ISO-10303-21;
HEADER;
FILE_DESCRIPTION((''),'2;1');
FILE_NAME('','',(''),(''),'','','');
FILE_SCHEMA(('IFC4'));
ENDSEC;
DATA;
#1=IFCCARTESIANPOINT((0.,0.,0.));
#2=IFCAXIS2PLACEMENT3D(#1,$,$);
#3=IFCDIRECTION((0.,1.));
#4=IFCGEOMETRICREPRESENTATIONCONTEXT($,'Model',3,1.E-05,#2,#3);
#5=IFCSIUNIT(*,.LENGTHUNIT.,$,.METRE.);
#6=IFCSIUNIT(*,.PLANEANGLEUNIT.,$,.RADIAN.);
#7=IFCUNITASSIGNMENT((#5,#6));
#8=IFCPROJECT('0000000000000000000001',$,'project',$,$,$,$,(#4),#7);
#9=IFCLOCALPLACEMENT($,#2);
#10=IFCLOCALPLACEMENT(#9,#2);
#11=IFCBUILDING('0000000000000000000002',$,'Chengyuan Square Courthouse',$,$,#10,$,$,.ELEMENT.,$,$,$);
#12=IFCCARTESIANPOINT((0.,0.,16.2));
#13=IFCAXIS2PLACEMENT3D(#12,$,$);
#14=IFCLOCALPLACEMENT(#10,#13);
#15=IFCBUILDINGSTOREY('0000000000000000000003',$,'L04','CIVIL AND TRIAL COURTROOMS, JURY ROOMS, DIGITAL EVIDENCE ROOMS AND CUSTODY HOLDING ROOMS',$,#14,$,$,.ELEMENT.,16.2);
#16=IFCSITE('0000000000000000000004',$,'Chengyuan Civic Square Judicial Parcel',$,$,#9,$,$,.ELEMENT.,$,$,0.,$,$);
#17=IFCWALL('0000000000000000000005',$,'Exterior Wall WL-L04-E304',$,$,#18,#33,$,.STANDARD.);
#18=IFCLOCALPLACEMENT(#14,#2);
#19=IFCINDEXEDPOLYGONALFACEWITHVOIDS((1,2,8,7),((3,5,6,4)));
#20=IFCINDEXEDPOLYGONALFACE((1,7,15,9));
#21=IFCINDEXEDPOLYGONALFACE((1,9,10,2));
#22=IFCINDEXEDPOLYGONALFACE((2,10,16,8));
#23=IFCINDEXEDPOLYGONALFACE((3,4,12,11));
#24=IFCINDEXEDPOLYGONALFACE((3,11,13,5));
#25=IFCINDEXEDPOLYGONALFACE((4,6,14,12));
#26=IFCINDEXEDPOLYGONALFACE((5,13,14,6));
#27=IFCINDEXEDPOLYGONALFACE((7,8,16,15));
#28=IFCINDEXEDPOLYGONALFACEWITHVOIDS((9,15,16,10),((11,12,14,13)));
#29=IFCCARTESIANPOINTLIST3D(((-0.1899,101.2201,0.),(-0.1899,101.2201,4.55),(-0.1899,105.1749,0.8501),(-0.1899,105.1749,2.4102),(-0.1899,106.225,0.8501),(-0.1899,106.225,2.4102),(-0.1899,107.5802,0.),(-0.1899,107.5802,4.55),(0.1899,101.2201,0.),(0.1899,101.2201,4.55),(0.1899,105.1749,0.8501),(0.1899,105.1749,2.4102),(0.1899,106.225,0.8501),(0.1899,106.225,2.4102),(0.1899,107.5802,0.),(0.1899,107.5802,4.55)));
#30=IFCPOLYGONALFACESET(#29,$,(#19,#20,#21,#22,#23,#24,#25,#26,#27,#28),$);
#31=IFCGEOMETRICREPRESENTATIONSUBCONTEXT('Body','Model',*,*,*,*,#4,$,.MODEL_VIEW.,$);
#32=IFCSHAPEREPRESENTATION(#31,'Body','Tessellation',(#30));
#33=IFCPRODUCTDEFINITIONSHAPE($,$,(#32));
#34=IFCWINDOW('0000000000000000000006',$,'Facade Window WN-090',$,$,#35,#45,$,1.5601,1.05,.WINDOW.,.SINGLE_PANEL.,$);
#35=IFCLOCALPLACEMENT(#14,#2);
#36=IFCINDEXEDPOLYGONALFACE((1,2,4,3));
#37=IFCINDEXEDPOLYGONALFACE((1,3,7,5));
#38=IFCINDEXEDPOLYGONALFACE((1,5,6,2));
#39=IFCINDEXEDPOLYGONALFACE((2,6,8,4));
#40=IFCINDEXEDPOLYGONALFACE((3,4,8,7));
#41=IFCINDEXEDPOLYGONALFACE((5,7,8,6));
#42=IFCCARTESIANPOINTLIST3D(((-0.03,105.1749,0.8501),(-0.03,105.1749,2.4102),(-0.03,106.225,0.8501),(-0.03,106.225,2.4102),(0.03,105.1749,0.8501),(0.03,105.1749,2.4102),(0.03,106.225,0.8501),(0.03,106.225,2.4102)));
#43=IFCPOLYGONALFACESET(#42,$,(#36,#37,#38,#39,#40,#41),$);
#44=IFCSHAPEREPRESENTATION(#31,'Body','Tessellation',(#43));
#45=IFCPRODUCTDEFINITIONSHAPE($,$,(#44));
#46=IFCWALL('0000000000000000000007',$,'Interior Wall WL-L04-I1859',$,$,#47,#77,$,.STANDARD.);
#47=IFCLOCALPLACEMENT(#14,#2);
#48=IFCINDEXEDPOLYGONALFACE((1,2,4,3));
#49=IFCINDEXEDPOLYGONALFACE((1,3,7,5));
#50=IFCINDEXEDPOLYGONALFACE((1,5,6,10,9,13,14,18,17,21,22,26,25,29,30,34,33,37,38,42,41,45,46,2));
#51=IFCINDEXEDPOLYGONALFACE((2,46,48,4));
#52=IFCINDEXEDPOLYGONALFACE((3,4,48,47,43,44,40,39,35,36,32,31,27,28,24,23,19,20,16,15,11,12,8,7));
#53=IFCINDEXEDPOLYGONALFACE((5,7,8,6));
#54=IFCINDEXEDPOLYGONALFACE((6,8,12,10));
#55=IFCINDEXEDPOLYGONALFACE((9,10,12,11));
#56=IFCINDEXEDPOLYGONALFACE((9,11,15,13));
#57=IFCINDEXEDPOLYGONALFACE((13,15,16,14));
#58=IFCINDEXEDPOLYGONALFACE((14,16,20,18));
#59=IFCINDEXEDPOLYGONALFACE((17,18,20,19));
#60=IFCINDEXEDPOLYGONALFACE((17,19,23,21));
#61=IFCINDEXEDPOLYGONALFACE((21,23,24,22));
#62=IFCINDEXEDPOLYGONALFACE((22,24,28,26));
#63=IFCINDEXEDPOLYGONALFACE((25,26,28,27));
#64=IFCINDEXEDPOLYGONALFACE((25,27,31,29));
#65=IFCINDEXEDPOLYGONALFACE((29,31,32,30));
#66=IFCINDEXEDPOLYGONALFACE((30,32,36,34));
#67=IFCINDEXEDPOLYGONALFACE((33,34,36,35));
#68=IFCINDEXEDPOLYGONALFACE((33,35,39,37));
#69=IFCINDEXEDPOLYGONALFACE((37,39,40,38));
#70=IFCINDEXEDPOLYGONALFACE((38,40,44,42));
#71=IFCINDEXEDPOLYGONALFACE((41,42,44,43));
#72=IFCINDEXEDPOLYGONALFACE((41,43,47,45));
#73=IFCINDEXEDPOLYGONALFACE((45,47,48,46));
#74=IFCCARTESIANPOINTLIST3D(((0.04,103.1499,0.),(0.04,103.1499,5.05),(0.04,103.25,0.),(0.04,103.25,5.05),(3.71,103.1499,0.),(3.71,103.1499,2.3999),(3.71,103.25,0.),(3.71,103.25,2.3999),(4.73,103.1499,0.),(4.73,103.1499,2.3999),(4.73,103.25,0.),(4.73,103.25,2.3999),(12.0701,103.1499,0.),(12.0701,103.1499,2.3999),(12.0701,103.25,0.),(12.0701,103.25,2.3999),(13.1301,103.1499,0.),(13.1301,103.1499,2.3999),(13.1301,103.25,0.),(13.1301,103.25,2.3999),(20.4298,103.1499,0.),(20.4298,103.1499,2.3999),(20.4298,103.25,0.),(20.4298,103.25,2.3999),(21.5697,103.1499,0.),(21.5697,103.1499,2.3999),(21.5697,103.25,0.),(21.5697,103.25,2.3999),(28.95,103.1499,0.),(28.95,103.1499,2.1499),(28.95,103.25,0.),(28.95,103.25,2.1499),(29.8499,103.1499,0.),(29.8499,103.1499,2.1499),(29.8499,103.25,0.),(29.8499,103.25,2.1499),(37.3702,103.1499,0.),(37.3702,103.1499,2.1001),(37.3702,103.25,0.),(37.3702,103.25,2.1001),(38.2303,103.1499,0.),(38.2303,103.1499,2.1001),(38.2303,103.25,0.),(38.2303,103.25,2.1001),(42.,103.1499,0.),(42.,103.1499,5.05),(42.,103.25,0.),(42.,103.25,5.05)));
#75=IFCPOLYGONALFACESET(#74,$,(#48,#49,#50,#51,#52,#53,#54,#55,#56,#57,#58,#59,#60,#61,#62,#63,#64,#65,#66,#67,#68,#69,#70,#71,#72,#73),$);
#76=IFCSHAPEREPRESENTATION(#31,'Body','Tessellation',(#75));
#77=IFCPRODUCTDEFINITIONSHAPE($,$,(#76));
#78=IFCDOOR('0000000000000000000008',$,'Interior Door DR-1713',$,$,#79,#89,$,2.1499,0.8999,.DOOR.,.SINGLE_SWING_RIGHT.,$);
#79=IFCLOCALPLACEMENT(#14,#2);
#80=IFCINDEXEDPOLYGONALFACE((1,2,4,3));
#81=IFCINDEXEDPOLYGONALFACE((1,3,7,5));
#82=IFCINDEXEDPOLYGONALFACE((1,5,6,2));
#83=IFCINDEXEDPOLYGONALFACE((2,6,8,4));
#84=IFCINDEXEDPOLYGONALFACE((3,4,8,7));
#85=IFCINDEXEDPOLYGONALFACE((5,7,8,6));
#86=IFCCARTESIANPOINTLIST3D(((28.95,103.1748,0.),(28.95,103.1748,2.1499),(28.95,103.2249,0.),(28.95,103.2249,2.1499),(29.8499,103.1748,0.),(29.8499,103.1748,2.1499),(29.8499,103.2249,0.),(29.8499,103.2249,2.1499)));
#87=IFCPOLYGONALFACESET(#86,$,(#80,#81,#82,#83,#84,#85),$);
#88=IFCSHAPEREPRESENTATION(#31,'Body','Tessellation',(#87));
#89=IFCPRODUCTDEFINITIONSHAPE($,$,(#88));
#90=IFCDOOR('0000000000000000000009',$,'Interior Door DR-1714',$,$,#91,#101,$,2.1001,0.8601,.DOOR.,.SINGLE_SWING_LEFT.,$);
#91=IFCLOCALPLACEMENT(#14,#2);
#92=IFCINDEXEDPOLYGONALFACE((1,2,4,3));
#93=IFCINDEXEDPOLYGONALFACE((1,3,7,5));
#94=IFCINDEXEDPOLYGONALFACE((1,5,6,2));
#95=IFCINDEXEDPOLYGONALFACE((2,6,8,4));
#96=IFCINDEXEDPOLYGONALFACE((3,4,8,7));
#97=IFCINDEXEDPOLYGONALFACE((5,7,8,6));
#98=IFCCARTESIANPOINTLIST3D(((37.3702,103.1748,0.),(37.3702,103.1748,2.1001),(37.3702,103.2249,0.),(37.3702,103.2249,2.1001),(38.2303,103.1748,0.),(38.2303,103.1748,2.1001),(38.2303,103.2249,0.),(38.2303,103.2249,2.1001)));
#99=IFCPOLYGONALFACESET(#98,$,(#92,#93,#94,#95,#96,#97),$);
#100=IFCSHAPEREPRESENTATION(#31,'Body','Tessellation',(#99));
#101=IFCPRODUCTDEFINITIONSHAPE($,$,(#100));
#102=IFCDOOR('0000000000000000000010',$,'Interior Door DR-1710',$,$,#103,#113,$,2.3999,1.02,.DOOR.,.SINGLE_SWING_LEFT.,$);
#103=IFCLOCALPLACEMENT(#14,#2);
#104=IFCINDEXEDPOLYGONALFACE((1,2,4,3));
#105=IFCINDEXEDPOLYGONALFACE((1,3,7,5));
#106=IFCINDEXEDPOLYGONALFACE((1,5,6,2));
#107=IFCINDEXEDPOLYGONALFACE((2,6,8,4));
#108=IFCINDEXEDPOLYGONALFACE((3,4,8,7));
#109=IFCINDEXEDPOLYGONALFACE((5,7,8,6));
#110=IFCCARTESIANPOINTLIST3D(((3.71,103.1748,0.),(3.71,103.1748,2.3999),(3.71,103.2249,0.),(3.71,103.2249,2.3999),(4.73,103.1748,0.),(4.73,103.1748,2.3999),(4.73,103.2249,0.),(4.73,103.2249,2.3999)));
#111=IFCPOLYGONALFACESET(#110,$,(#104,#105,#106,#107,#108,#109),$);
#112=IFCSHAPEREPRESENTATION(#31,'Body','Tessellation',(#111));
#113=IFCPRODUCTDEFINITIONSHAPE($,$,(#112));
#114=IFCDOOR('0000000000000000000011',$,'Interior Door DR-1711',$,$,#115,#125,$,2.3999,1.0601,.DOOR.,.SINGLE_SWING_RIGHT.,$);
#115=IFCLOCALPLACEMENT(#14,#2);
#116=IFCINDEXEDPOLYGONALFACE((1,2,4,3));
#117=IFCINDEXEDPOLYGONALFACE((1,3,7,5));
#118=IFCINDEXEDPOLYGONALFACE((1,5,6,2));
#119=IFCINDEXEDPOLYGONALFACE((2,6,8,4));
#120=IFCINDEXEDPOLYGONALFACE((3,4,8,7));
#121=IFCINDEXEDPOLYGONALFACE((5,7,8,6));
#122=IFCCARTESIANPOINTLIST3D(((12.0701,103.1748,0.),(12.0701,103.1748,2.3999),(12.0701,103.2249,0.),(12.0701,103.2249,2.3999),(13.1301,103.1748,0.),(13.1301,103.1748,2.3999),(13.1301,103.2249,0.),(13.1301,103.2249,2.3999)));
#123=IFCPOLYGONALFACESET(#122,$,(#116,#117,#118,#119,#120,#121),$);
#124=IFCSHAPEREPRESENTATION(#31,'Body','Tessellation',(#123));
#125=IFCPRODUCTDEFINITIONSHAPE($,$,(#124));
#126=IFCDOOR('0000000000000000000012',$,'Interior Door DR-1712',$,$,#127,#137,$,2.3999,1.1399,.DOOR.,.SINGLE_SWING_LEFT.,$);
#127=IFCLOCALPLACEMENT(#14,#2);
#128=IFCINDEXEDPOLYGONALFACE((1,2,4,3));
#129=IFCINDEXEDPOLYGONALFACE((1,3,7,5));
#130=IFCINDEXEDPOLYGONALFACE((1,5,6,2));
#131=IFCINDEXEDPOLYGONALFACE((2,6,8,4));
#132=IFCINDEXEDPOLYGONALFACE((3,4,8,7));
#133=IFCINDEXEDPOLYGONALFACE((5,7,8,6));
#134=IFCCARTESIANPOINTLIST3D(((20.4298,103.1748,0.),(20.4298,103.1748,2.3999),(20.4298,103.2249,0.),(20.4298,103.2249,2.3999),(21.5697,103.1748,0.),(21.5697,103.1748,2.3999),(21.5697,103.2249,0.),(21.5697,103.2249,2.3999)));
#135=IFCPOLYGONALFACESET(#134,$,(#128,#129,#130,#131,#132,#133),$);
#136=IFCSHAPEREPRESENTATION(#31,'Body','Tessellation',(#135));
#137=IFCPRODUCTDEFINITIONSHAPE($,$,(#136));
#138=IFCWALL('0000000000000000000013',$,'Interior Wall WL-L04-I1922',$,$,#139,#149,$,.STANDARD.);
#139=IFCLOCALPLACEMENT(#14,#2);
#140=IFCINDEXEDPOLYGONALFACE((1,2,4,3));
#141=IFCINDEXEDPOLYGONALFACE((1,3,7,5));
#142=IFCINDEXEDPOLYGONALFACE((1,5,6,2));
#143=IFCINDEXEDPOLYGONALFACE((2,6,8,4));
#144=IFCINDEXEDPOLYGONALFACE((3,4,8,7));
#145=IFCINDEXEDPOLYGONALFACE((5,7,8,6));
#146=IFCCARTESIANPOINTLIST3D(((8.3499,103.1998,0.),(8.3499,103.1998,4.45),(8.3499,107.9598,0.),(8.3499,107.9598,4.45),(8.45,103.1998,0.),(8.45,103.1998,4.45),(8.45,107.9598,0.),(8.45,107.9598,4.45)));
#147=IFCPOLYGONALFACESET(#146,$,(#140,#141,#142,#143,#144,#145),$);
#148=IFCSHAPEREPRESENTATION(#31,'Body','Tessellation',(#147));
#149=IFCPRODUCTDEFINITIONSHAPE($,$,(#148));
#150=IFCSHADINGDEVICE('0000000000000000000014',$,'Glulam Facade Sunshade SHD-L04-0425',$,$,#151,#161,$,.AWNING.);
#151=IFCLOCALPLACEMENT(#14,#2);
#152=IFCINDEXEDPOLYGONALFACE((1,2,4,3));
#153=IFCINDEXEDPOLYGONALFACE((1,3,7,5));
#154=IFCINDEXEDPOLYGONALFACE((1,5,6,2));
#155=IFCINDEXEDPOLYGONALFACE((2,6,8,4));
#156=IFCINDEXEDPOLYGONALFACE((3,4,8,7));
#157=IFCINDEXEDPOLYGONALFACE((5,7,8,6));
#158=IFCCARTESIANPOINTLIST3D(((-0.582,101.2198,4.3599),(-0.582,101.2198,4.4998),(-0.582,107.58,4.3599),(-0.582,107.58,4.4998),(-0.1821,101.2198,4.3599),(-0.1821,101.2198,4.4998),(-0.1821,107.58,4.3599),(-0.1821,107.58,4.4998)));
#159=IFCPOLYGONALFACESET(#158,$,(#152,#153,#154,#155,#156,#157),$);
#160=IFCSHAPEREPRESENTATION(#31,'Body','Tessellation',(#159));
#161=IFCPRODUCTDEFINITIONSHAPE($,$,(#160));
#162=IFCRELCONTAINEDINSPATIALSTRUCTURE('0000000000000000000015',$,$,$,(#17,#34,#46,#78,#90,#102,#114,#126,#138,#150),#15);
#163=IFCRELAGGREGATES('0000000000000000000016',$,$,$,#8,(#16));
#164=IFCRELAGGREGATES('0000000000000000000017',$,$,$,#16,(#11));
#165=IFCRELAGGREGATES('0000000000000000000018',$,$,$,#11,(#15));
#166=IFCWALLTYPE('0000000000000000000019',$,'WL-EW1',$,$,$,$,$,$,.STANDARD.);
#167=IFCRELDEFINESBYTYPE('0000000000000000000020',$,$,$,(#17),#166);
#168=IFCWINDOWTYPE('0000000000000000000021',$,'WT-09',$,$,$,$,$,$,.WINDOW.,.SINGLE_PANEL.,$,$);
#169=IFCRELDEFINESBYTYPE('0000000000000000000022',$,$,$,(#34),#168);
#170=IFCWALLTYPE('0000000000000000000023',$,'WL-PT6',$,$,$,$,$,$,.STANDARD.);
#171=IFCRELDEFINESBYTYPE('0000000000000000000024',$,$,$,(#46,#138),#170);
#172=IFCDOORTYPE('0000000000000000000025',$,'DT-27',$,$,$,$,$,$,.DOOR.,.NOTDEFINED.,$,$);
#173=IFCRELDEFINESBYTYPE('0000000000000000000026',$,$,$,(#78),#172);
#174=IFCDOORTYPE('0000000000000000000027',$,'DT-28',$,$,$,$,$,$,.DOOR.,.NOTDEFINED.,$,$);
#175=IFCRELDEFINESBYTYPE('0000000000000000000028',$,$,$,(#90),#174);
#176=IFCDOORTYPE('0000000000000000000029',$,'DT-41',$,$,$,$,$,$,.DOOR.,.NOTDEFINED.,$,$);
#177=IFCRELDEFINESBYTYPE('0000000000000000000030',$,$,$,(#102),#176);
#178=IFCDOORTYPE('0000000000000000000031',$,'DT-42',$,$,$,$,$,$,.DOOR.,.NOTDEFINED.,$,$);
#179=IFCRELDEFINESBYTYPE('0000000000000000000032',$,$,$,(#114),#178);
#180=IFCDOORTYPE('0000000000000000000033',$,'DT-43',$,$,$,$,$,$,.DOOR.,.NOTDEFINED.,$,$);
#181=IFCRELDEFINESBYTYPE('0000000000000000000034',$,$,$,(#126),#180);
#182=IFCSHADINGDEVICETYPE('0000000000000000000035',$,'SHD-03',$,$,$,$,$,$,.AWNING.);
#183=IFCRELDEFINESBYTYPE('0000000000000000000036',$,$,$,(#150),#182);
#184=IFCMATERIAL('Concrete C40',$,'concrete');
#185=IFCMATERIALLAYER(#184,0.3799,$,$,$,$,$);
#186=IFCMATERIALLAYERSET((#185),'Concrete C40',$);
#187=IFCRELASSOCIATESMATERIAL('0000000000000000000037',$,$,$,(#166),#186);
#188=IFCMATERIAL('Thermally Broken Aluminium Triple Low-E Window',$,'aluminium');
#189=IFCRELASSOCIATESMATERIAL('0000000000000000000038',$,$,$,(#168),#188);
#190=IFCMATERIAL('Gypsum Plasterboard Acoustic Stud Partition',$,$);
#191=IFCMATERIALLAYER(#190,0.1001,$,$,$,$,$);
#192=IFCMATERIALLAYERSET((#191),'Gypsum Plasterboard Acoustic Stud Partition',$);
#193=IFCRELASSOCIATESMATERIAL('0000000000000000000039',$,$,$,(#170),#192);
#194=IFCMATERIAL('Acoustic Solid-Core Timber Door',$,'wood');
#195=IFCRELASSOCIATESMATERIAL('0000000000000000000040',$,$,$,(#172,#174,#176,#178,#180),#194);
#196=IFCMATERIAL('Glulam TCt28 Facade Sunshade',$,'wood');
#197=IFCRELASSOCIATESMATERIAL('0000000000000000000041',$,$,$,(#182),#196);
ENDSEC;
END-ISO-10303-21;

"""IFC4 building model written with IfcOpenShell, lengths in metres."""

from ifc_helpers import new_model, si_unit, direction, frame, frame_2d, origin, origin_2d, place, context, subcontext, project, spatial, rectangle, extrude, material, layer, layer_set, type_object, element, fill, save


model = new_model("IFC4")

# Units and contexts
model_context = context("Model", 3, precision=1e-05, world=origin(), true_north=direction((0.0, 1.0)))
body_context = subcontext(model_context, "Body", "Model", "MODEL_VIEW")
ifc_project = project(units=[si_unit("LENGTHUNIT", "METRE"), si_unit("PLANEANGLEUNIT", "RADIAN")], contexts=[model_context])

# Site, building, storey
site_placement = place(None, origin())
site = spatial("IfcSite", under=ifc_project, at=site_placement, Name="Chengyuan Civic Square Judicial Parcel", CompositionType="ELEMENT", RefElevation=0.0)
building_placement = place(site_placement, origin())
building = spatial("IfcBuilding", under=site, at=building_placement, Name="Chengyuan Square Courthouse", CompositionType="ELEMENT")
storey_placement = place(building_placement, frame((0.0, 0.0, 16.2)))
storey = spatial("IfcBuildingStorey", under=building, at=storey_placement, Name="L04", Description="CIVIL AND TRIAL COURTROOMS, JURY ROOMS, DIGITAL EVIDENCE ROOMS AND CUSTODY HOLDING ROOMS", CompositionType="ELEMENT", Elevation=16.2)

# Shared definitions
ifc_material_1 = material(Name="Concrete C40", Category="concrete")

# Wall, opening, window
ifc_layer_1 = layer(ifc_material_1, 0.3799)
ifc_layer_set_1 = layer_set([ifc_layer_1], Name="Concrete C40")
wall_type_1 = type_object("IfcWallType", Name="WL-EW1", PredefinedType="STANDARD", material=ifc_layer_set_1)
ifc_material_2 = material(Name="Thermally Broken Aluminium Triple Low-E Window", Category="aluminium")
window_type = type_object("IfcWindowType", Name="WT-09", PartitioningType="SINGLE_PANEL", PredefinedType="WINDOW", material=ifc_material_2)
wall_1_placement = place(storey_placement, frame((0.0, 101.22, 0.0), z_axis=(0.0, 0.0, 1.0), x_axis=(0.0, 1.0, 0.0)))
wall_1 = element("IfcWall", 1, at=wall_1_placement, inside=storey, type_object=wall_type_1, Name="Exterior Wall WL-L04-E304", PredefinedType="STANDARD", context=body_context, shape_type="SweptSolid", body=[
    extrude(rectangle(XDim=6.3601, YDim=0.3799, at=frame_2d((3.1802, 0.0))), origin(), (0.0, 0.0, 1.0), 4.55),
])
opening_1_placement = place(wall_1_placement, frame((3.9551, 0.0, 0.8501)))
opening_1 = element("IfcOpeningElement", 2, at=opening_1_placement, cuts=wall_1, PredefinedType="OPENING", context=body_context, shape_type="SweptSolid", body=[
    extrude(rectangle(XDim=1.05, YDim=1.5601, at=frame_2d((0.5249, 0.78))), frame((0.0, 0.2019, 0.0), z_axis=(0.0, -1.0, 0.0), x_axis=(1.0, 0.0, 0.0)), (0.0, 0.0, 1.0), 0.4038),
])
window_1_placement = place(opening_1_placement, origin())
window_1 = element("IfcWindow", 3, at=window_1_placement, inside=storey, type_object=window_type, Name="Facade Window WN-090", OverallHeight=1.5601, OverallWidth=1.05, PartitioningType="SINGLE_PANEL", PredefinedType="WINDOW", context=body_context, shape_type="SweptSolid", body=[
    extrude(rectangle(XDim=1.05, YDim=1.5601, at=frame_2d((0.5249, 0.78))), frame((0.0, 0.03, 0.0), z_axis=(0.0, -1.0, 0.0), x_axis=(1.0, 0.0, 0.0)), (0.0, 0.0, 1.0), 0.0601),
])
fill(opening_1, window_1)

# Wall, openings, doors
ifc_material_3 = material(Name="Gypsum Plasterboard Acoustic Stud Partition")
ifc_layer_2 = layer(ifc_material_3, 0.1001)
ifc_layer_set_2 = layer_set([ifc_layer_2], Name="Gypsum Plasterboard Acoustic Stud Partition")
wall_type_2 = type_object("IfcWallType", Name="WL-PT6", PredefinedType="STANDARD", material=ifc_layer_set_2)
wall_2_placement = place(storey_placement, frame((0.04, 103.2, 0.0), z_axis=(0.0, 0.0, 1.0), x_axis=(1.0, 0.0, 0.0)))
wall_2 = element("IfcWall", 4, at=wall_2_placement, inside=storey, type_object=wall_type_2, Name="Interior Wall WL-L04-I1859", PredefinedType="STANDARD", context=body_context, shape_type="SweptSolid", body=[
    extrude(rectangle(XDim=41.96, YDim=0.1001, at=frame_2d((20.98, 0.0))), origin(), (0.0, 0.0, 1.0), 5.05),
])
opening_2_placement = place(wall_2_placement, frame((3.6699, 0.0, 0.0)))
opening_2 = element("IfcOpeningElement", 5, at=opening_2_placement, cuts=wall_2, PredefinedType="OPENING", context=body_context, shape_type="SweptSolid", body=[
    extrude(rectangle(XDim=1.02, YDim=2.3999, at=frame_2d((0.51, 1.2))), frame((0.0, 0.062, 0.0), z_axis=(0.0, -1.0, 0.0), x_axis=(1.0, 0.0, 0.0)), (0.0, 0.0, 1.0), 0.124),
])
opening_3_placement = place(wall_2_placement, frame((12.03, 0.0, 0.0)))
opening_3 = element("IfcOpeningElement", 6, at=opening_3_placement, cuts=wall_2, PredefinedType="OPENING", context=body_context, shape_type="SweptSolid", body=[
    extrude(rectangle(XDim=1.0601, YDim=2.3999, at=frame_2d((0.53, 1.2))), frame((0.0, 0.062, 0.0), z_axis=(0.0, -1.0, 0.0), x_axis=(1.0, 0.0, 0.0)), (0.0, 0.0, 1.0), 0.124),
])
opening_4_placement = place(wall_2_placement, frame((20.3899, 0.0, 0.0)))
opening_4 = element("IfcOpeningElement", 7, at=opening_4_placement, cuts=wall_2, PredefinedType="OPENING", context=body_context, shape_type="SweptSolid", body=[
    extrude(rectangle(XDim=1.1399, YDim=2.3999, at=frame_2d((0.5698, 1.2))), frame((0.0, 0.062, 0.0), z_axis=(0.0, -1.0, 0.0), x_axis=(1.0, 0.0, 0.0)), (0.0, 0.0, 1.0), 0.124),
])
opening_5_placement = place(wall_2_placement, frame((28.9099, 0.0, 0.0)))
opening_5 = element("IfcOpeningElement", 8, at=opening_5_placement, cuts=wall_2, PredefinedType="OPENING", context=body_context, shape_type="SweptSolid", body=[
    extrude(rectangle(XDim=0.8999, YDim=2.1499, at=frame_2d((0.45, 1.075))), frame((0.0, 0.062, 0.0), z_axis=(0.0, -1.0, 0.0), x_axis=(1.0, 0.0, 0.0)), (0.0, 0.0, 1.0), 0.124),
])
opening_6_placement = place(wall_2_placement, frame((37.3301, 0.0, 0.0)))
opening_6 = element("IfcOpeningElement", 9, at=opening_6_placement, cuts=wall_2, PredefinedType="OPENING", context=body_context, shape_type="SweptSolid", body=[
    extrude(rectangle(XDim=0.8601, YDim=2.1001, at=frame_2d((0.4302, 1.05))), frame((0.0, 0.062, 0.0), z_axis=(0.0, -1.0, 0.0), x_axis=(1.0, 0.0, 0.0)), (0.0, 0.0, 1.0), 0.124),
])
ifc_material_4 = material(Name="Acoustic Solid-Core Timber Door", Category="wood")
door_type_1 = type_object("IfcDoorType", Name="DT-27", OperationType="NOTDEFINED", PredefinedType="DOOR", material=ifc_material_4)
door_1_placement = place(opening_5_placement, origin())
door_1 = element("IfcDoor", 10, at=door_1_placement, inside=storey, type_object=door_type_1, Name="Interior Door DR-1713", OperationType="SINGLE_SWING_RIGHT", OverallHeight=2.1499, OverallWidth=0.8999, PredefinedType="DOOR", context=body_context, shape_type="SweptSolid", body=[
    extrude(rectangle(XDim=0.8999, YDim=2.1499, at=frame_2d((0.45, 1.075))), frame((0.0, 0.0249, 0.0), z_axis=(0.0, -1.0, 0.0), x_axis=(1.0, 0.0, 0.0)), (0.0, 0.0, 1.0), 0.05),
])
fill(opening_5, door_1)
door_type_2 = type_object("IfcDoorType", Name="DT-28", OperationType="NOTDEFINED", PredefinedType="DOOR", material=ifc_material_4)
door_2_placement = place(opening_6_placement, origin())
door_2 = element("IfcDoor", 11, at=door_2_placement, inside=storey, type_object=door_type_2, Name="Interior Door DR-1714", OperationType="SINGLE_SWING_LEFT", OverallHeight=2.1001, OverallWidth=0.8601, PredefinedType="DOOR", context=body_context, shape_type="SweptSolid", body=[
    extrude(rectangle(XDim=0.8601, YDim=2.1001, at=frame_2d((0.4302, 1.05))), frame((0.0, 0.0249, 0.0), z_axis=(0.0, -1.0, 0.0), x_axis=(1.0, 0.0, 0.0)), (0.0, 0.0, 1.0), 0.05),
])
fill(opening_6, door_2)
door_type_3 = type_object("IfcDoorType", Name="DT-41", OperationType="NOTDEFINED", PredefinedType="DOOR", material=ifc_material_4)
door_3_placement = place(opening_2_placement, origin())
door_3 = element("IfcDoor", 12, at=door_3_placement, inside=storey, type_object=door_type_3, Name="Interior Door DR-1710", OperationType="SINGLE_SWING_LEFT", OverallHeight=2.3999, OverallWidth=1.02, PredefinedType="DOOR", context=body_context, shape_type="SweptSolid", body=[
    extrude(rectangle(XDim=1.02, YDim=2.3999, at=frame_2d((0.51, 1.2))), frame((0.0, 0.0249, 0.0), z_axis=(0.0, -1.0, 0.0), x_axis=(1.0, 0.0, 0.0)), (0.0, 0.0, 1.0), 0.05),
])
fill(opening_2, door_3)
door_type_4 = type_object("IfcDoorType", Name="DT-42", OperationType="NOTDEFINED", PredefinedType="DOOR", material=ifc_material_4)
door_4_placement = place(opening_3_placement, origin())
door_4 = element("IfcDoor", 13, at=door_4_placement, inside=storey, type_object=door_type_4, Name="Interior Door DR-1711", OperationType="SINGLE_SWING_RIGHT", OverallHeight=2.3999, OverallWidth=1.0601, PredefinedType="DOOR", context=body_context, shape_type="SweptSolid", body=[
    extrude(rectangle(XDim=1.0601, YDim=2.3999, at=frame_2d((0.53, 1.2))), frame((0.0, 0.0249, 0.0), z_axis=(0.0, -1.0, 0.0), x_axis=(1.0, 0.0, 0.0)), (0.0, 0.0, 1.0), 0.05),
])
fill(opening_3, door_4)
door_type_5 = type_object("IfcDoorType", Name="DT-43", OperationType="NOTDEFINED", PredefinedType="DOOR", material=ifc_material_4)
door_5_placement = place(opening_4_placement, origin())
door_5 = element("IfcDoor", 14, at=door_5_placement, inside=storey, type_object=door_type_5, Name="Interior Door DR-1712", OperationType="SINGLE_SWING_LEFT", OverallHeight=2.3999, OverallWidth=1.1399, PredefinedType="DOOR", context=body_context, shape_type="SweptSolid", body=[
    extrude(rectangle(XDim=1.1399, YDim=2.3999, at=frame_2d((0.5698, 1.2))), frame((0.0, 0.0249, 0.0), z_axis=(0.0, -1.0, 0.0), x_axis=(1.0, 0.0, 0.0)), (0.0, 0.0, 1.0), 0.05),
])
fill(opening_4, door_5)

# Wall
wall_3_placement = place(storey_placement, frame((8.3999, 103.2, 0.0), z_axis=(0.0, 0.0, 1.0), x_axis=(0.0, 1.0, 0.0)))
element("IfcWall", 15, at=wall_3_placement, inside=storey, type_object=wall_type_2, Name="Interior Wall WL-L04-I1922", PredefinedType="STANDARD", context=body_context, shape_type="SweptSolid", body=[
    extrude(rectangle(XDim=4.76, YDim=0.1001, at=frame_2d((2.3799, 0.0))), origin(), (0.0, 0.0, 1.0), 4.45),
])

# Shading device
ifc_material_5 = material(Name="Glulam TCt28 Facade Sunshade", Category="wood")
shading_device_type = type_object("IfcShadingDeviceType", Name="SHD-03", PredefinedType="AWNING", material=ifc_material_5)
shading_device_placement = place(storey_placement, frame((-0.3821, 104.3999, 4.3599), z_axis=(0.0, 0.0, 1.0), x_axis=(0.0, 1.0, 0.0)))
element("IfcShadingDevice", 16, at=shading_device_placement, inside=storey, type_object=shading_device_type, Name="Glulam Facade Sunshade SHD-L04-0425", PredefinedType="AWNING", context=body_context, shape_type="SweptSolid", body=[
    extrude(rectangle(XDim=6.3601, YDim=0.3999, at=origin_2d()), origin(), (0.0, 0.0, 1.0), 0.1399),
])

save(model, "model.ifc")
